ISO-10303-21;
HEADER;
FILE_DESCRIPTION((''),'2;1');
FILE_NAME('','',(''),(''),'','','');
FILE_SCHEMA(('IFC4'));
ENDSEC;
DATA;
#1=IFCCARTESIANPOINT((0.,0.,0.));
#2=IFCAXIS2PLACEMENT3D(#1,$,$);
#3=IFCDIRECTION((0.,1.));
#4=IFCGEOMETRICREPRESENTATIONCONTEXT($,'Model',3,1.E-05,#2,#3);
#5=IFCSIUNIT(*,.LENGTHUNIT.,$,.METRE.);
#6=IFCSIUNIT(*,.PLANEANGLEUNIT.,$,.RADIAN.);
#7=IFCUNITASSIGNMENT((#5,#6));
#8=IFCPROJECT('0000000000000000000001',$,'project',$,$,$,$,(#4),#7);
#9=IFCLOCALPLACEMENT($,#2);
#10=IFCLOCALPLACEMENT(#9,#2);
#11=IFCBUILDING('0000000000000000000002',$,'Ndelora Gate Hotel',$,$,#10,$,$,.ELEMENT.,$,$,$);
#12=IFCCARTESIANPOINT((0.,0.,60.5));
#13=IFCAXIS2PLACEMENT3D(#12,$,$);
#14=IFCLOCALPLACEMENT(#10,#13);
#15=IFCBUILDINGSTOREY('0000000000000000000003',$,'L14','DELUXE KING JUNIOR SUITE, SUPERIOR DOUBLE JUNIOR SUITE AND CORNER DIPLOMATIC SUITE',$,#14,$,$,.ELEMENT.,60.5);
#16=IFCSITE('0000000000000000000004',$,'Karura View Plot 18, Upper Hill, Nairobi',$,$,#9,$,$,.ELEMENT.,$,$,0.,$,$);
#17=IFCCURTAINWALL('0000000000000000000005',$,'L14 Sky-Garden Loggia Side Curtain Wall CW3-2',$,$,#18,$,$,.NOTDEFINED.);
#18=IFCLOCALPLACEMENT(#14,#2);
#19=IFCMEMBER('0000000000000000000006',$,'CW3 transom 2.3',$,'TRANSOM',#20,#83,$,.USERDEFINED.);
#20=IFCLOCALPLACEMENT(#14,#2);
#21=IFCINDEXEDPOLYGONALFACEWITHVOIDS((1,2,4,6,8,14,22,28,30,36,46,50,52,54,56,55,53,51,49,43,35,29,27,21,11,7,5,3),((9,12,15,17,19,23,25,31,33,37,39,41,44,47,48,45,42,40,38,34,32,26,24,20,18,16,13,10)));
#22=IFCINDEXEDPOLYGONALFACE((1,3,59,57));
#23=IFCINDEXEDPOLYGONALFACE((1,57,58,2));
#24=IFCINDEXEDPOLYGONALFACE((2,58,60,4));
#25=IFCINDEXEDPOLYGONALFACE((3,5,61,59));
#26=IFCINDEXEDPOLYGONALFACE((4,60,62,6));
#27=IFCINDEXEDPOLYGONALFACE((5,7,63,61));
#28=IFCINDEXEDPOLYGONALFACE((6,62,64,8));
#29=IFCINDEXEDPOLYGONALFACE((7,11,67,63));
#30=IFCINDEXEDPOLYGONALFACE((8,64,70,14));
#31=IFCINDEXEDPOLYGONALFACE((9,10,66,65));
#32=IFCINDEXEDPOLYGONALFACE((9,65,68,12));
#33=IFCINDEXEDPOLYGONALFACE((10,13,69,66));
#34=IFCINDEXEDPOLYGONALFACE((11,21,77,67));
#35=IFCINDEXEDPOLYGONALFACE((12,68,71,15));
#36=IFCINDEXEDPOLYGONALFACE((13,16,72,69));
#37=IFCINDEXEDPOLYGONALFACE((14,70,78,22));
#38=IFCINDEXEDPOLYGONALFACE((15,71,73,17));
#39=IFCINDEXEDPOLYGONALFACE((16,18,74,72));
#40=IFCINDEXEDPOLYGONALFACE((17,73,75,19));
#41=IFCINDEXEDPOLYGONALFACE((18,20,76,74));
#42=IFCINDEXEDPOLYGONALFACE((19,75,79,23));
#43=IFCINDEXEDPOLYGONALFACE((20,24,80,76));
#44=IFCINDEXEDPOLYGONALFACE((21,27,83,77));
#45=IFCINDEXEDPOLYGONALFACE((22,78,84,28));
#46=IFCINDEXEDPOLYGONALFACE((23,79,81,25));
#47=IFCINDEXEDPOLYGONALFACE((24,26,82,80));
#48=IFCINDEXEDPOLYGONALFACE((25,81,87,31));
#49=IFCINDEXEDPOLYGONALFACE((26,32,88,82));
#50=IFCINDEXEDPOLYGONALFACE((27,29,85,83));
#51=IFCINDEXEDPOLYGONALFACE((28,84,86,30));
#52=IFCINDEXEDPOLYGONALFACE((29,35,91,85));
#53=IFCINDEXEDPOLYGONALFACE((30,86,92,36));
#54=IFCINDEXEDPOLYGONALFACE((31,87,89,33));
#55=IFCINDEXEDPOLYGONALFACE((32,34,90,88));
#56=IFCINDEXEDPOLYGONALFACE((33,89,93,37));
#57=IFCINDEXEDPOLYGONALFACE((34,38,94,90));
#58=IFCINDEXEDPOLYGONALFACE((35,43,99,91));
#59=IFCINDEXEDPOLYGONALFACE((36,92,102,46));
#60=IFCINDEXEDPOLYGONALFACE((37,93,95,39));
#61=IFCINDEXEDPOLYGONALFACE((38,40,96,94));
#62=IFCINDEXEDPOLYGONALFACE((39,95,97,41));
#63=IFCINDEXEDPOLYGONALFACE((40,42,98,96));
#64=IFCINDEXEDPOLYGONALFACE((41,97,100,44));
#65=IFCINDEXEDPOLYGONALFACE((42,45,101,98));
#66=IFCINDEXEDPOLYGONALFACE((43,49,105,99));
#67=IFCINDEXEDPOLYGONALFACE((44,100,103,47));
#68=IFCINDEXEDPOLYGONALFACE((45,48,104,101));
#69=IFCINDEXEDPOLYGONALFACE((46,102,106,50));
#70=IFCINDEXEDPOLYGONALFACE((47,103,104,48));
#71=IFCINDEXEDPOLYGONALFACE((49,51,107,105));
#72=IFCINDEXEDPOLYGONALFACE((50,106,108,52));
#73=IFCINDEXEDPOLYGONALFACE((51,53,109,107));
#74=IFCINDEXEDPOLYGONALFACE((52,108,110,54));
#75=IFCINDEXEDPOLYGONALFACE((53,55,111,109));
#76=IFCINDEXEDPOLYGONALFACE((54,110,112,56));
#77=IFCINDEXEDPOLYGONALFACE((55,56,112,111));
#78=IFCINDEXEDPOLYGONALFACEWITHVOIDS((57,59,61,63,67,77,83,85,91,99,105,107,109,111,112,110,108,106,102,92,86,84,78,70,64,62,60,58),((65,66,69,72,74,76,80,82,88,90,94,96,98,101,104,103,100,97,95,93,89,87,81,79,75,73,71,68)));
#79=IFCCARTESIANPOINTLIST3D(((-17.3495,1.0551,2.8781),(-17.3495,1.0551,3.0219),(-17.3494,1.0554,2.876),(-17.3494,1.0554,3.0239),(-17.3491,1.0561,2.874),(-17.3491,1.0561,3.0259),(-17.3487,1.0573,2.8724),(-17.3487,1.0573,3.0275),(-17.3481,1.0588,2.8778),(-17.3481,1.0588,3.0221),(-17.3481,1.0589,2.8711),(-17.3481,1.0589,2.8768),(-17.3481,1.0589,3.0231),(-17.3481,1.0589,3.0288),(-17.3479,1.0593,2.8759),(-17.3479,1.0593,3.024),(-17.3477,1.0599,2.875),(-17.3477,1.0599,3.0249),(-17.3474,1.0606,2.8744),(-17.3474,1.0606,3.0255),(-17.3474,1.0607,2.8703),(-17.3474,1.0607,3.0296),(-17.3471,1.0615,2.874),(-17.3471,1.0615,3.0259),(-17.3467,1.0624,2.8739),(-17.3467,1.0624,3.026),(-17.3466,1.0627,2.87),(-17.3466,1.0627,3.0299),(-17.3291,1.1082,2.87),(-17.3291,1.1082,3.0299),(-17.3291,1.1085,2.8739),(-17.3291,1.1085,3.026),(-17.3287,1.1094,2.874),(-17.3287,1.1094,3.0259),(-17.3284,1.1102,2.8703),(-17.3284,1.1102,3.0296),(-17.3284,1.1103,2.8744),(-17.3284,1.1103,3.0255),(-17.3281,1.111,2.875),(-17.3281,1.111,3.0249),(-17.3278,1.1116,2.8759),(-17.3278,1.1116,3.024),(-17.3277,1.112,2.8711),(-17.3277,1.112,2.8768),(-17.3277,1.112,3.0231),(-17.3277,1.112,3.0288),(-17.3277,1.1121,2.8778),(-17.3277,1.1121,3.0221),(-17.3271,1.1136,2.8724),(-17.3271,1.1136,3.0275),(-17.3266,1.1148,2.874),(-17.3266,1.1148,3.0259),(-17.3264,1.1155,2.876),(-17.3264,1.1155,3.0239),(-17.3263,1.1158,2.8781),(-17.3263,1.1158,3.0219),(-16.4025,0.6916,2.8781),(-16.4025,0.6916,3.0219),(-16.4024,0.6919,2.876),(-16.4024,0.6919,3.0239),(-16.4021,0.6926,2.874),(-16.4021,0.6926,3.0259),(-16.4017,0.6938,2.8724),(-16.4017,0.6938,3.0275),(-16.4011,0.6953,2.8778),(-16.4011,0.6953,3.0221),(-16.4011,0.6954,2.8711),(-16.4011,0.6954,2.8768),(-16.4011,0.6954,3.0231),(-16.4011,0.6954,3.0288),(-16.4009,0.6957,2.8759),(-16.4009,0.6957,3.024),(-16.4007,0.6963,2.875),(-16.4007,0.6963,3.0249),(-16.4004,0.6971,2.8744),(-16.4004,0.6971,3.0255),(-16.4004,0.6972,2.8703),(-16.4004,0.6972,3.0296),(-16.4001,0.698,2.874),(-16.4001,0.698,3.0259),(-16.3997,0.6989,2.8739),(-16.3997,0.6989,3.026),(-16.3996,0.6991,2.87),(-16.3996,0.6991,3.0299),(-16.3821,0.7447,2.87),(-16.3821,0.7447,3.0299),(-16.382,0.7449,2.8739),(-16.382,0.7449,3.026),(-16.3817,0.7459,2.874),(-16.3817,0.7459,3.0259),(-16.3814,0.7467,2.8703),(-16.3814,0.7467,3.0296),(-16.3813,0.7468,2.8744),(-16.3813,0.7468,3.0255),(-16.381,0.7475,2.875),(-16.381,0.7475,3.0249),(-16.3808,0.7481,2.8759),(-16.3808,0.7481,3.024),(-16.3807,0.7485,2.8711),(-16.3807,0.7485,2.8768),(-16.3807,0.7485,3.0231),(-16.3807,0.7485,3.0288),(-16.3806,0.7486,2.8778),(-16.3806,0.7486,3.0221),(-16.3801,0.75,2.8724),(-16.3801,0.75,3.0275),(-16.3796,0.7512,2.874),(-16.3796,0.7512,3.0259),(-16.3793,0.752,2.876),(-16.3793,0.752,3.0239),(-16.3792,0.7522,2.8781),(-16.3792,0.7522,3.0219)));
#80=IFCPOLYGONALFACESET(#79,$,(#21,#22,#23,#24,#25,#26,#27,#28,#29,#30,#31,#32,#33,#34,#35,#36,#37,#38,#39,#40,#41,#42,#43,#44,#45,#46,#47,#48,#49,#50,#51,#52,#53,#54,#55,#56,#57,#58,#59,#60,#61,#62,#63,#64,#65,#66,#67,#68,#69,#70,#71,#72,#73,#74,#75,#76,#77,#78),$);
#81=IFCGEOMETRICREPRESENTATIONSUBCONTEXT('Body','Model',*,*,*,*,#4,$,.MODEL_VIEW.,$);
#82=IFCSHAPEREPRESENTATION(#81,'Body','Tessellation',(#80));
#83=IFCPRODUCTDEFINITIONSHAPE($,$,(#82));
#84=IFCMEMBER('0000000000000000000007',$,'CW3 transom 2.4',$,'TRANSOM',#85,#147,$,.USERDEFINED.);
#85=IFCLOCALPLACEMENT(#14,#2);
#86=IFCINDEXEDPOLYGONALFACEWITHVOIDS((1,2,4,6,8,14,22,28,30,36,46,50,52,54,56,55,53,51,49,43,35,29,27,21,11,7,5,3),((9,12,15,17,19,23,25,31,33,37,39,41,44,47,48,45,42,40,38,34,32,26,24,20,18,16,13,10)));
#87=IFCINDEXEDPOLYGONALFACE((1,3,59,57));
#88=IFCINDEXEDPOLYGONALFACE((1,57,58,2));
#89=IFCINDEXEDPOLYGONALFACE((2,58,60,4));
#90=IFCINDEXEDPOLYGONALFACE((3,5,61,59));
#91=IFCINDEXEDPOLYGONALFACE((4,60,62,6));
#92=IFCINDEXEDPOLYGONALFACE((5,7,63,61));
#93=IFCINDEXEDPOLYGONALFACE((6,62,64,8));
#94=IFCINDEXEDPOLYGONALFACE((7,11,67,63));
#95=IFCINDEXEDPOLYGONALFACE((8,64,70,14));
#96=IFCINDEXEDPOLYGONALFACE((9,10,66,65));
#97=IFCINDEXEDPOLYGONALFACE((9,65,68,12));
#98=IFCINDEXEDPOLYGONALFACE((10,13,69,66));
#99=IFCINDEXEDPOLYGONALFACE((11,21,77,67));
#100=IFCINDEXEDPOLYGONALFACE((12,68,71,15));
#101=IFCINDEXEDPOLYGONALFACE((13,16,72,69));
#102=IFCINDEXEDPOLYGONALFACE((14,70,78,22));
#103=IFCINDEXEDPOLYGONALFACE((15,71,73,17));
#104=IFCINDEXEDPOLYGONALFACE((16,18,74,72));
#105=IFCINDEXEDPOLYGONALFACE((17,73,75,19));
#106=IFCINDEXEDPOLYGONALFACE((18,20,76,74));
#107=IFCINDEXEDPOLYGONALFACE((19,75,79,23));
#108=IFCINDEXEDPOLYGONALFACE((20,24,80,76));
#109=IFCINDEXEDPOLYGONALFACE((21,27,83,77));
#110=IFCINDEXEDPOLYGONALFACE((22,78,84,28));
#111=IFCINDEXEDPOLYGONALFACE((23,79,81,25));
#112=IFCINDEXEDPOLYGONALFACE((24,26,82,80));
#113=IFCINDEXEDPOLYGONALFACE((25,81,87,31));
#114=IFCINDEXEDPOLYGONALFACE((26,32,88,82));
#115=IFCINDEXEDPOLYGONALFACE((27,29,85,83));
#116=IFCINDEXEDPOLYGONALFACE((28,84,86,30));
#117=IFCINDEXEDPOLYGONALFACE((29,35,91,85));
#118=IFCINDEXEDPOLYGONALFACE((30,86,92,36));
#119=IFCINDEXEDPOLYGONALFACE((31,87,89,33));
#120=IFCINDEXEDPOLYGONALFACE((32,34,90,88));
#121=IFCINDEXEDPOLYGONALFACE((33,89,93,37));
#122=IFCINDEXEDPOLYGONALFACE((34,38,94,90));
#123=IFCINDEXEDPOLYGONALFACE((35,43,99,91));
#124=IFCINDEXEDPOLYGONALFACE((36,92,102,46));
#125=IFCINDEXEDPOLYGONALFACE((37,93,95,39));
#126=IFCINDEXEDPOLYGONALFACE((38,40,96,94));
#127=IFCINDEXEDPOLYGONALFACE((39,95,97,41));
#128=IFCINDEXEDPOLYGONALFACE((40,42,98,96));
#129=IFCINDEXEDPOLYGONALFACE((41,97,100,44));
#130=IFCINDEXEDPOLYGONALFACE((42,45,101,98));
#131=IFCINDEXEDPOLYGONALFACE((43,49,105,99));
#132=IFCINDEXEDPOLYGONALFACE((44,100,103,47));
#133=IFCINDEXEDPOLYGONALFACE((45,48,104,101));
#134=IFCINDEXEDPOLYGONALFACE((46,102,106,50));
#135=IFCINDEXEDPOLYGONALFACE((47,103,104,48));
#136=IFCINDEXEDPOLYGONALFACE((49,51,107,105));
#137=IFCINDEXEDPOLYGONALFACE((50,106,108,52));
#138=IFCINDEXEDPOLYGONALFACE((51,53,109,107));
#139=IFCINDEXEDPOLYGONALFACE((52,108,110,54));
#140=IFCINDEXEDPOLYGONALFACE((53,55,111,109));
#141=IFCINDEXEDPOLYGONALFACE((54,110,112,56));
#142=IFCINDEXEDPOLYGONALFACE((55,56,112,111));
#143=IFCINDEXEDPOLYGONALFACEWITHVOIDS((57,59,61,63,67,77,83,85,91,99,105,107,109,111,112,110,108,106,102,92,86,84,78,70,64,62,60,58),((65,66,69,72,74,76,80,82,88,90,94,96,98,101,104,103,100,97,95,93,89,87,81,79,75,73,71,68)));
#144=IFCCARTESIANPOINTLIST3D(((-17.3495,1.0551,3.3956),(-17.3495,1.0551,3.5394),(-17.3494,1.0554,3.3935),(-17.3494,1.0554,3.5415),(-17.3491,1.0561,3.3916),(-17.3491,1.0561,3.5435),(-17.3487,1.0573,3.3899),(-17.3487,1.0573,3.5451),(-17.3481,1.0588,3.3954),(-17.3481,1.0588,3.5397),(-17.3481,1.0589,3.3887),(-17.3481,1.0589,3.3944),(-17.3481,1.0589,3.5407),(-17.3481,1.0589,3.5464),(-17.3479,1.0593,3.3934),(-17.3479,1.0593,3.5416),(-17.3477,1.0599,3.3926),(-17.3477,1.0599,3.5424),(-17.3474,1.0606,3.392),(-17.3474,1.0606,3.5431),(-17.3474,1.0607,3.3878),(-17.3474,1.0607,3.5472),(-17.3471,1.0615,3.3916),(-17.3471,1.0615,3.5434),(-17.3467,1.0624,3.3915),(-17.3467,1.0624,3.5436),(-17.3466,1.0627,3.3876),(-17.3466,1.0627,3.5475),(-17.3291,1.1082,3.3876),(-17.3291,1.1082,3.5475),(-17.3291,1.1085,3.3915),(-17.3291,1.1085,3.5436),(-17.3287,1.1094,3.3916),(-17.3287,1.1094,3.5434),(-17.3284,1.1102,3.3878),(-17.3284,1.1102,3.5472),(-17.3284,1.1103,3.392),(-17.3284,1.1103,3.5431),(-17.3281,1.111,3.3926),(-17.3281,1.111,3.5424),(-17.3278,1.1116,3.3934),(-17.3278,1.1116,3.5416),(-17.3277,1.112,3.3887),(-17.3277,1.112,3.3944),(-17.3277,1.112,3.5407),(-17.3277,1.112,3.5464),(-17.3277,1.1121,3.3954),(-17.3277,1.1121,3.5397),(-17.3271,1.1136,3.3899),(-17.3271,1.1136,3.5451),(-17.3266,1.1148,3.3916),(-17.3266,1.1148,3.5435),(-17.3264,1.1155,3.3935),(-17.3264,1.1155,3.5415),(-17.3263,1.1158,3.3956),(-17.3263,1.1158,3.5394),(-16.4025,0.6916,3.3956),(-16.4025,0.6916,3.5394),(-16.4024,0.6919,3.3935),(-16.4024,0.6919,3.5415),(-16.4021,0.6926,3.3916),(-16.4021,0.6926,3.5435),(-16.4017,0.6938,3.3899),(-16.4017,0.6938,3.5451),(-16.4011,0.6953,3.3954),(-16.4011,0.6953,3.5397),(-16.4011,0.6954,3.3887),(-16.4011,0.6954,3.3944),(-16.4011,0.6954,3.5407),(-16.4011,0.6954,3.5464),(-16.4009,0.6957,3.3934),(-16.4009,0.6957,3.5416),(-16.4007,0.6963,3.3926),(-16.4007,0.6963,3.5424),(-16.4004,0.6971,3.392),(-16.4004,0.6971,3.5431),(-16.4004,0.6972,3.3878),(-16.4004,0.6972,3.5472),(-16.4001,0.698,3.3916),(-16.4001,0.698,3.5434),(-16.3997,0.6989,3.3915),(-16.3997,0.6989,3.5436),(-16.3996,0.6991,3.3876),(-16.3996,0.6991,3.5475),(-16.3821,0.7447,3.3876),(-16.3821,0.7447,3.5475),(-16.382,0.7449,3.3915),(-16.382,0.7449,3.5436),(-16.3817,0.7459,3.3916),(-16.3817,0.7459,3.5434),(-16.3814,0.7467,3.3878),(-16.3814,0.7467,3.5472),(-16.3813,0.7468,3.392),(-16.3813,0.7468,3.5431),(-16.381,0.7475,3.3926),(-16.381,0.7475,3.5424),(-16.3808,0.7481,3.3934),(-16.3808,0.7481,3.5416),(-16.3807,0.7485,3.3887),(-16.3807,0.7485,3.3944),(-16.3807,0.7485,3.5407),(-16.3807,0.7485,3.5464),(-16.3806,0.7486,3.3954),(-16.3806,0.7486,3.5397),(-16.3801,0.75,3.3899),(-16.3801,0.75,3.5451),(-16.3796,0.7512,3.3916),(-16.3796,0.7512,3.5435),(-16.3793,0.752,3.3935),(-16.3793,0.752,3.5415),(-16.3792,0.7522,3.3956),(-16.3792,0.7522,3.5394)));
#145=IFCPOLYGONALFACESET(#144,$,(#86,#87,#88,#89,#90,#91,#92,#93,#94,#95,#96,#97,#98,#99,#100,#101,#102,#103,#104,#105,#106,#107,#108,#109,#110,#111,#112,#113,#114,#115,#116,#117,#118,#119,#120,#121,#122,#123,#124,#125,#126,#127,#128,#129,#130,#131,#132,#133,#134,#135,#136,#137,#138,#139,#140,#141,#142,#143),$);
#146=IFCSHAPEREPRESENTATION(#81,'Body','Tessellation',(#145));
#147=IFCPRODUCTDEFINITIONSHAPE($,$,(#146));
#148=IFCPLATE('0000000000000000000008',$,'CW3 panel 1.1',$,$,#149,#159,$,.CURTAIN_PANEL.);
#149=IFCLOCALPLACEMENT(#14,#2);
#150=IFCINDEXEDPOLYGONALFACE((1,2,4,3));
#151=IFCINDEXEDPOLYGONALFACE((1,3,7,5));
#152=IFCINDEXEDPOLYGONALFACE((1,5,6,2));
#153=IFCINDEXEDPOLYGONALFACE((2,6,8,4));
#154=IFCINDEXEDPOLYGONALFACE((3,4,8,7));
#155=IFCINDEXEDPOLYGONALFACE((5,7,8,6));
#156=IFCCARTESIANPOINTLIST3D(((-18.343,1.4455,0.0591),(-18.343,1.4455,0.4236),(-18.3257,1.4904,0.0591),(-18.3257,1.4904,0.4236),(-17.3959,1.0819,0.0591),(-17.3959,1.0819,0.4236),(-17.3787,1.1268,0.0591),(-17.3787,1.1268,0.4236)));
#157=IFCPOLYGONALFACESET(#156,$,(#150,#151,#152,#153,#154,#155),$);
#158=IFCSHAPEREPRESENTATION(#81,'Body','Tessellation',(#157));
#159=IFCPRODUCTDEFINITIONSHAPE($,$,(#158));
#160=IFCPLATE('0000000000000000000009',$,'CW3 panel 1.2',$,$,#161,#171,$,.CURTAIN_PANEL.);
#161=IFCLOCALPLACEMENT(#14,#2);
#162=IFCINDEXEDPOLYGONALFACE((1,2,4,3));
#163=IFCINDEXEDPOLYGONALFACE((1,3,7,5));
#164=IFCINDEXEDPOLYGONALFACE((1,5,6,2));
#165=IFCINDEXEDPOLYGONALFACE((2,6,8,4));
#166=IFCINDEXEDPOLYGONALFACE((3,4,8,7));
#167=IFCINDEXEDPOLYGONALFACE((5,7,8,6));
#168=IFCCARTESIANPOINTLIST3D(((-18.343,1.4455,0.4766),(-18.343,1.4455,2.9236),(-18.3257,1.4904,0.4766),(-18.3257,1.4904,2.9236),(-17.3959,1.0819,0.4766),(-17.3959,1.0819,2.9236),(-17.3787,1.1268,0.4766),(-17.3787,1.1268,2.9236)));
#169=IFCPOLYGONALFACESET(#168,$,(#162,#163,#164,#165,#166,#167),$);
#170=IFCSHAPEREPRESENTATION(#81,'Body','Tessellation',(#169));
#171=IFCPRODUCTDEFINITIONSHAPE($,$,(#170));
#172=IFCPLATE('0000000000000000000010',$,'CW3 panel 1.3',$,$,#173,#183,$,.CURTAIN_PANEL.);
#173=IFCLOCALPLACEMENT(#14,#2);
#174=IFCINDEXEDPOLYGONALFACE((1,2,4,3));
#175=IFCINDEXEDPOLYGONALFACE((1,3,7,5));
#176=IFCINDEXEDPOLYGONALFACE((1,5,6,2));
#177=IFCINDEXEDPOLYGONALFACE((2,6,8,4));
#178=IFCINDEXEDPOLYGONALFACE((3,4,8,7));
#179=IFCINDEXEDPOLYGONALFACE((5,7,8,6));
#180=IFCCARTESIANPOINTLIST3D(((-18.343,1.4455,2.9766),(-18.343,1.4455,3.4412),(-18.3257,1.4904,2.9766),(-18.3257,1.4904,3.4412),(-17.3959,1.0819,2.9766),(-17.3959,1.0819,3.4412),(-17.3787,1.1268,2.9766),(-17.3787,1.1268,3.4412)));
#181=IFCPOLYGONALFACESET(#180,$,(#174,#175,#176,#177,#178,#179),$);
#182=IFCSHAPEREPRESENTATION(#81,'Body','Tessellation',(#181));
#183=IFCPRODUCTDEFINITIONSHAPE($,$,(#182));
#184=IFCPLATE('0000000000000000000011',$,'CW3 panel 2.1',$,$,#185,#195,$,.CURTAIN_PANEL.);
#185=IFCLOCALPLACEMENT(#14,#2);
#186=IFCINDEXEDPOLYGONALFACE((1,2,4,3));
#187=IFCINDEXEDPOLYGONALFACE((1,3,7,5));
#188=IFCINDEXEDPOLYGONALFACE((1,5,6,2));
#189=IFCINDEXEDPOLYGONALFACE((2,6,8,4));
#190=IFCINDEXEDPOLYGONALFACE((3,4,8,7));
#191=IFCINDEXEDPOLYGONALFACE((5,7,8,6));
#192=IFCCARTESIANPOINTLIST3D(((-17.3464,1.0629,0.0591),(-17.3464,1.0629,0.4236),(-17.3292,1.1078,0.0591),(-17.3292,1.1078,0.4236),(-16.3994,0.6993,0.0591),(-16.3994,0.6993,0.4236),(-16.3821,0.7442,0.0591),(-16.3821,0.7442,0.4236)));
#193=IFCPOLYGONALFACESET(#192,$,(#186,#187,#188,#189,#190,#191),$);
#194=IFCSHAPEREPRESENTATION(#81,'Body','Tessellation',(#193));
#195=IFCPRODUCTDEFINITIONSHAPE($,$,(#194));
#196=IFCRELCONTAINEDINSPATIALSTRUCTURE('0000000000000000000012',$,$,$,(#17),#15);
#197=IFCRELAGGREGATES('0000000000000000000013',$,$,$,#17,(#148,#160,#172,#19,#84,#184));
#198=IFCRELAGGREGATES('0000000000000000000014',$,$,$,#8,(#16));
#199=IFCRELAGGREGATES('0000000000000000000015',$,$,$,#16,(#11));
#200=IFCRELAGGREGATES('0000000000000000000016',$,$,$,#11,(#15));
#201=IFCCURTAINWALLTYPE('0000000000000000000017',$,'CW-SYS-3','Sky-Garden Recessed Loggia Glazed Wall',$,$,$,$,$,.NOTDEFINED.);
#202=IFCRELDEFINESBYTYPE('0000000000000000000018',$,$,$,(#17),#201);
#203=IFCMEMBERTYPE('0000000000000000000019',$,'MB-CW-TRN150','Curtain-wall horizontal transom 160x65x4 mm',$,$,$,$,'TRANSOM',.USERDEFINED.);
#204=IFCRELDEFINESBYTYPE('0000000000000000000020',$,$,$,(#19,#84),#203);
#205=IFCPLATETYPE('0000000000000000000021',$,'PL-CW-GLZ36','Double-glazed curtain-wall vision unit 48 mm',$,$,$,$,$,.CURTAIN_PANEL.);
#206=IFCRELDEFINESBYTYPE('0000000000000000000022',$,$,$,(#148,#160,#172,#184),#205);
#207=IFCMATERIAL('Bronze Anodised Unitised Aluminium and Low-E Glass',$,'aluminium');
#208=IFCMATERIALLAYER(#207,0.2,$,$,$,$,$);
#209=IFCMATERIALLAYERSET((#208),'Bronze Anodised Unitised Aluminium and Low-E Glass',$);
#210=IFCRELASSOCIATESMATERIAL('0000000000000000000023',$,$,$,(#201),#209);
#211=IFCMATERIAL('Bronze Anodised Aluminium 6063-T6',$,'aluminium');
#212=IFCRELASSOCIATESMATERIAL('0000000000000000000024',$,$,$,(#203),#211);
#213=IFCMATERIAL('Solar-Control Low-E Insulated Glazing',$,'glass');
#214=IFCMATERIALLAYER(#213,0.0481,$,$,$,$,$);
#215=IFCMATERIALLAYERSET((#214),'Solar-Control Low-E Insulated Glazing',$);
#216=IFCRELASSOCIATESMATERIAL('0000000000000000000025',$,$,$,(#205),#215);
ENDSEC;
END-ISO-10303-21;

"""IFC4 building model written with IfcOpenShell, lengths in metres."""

from ifc_helpers import new_model, si_unit, direction, frame, origin, origin_2d, place, context, subcontext, project, spatial, rectangle, hollow_rectangle, extrude, material, layer, layer_set, material_profile, profile_set, type_object, element, aggregate, save


model = new_model("IFC4")

# Units and contexts
model_context = context("Model", 3, precision=1e-05, world=origin(), true_north=direction((0.0, 1.0)))
body_context = subcontext(model_context, "Body", "Model", "MODEL_VIEW")
ifc_project = project(units=[si_unit("LENGTHUNIT", "METRE"), si_unit("PLANEANGLEUNIT", "RADIAN")], contexts=[model_context])

# Site, building, storey
site_placement = place(None, origin())
site = spatial("IfcSite", under=ifc_project, at=site_placement, Name="Karura View Plot 18, Upper Hill, Nairobi", CompositionType="ELEMENT", RefElevation=0.0)
building_placement = place(site_placement, origin())
building = spatial("IfcBuilding", under=site, at=building_placement, Name="Ndelora Gate Hotel", CompositionType="ELEMENT")
storey_placement = place(building_placement, frame((0.0, 0.0, 60.5)))
storey = spatial("IfcBuildingStorey", under=building, at=storey_placement, Name="L14", Description="DELUXE KING JUNIOR SUITE, SUPERIOR DOUBLE JUNIOR SUITE AND CORNER DIPLOMATIC SUITE", CompositionType="ELEMENT", Elevation=60.5)

# Curtain wall, members, plates
ifc_material_1 = material(Name="Bronze Anodised Unitised Aluminium and Low-E Glass", Category="aluminium")
ifc_layer_1 = layer(ifc_material_1, 0.2)
ifc_layer_set_1 = layer_set([ifc_layer_1], Name="Bronze Anodised Unitised Aluminium and Low-E Glass")
curtain_wall_type = type_object("IfcCurtainWallType", Name="CW-SYS-3", Description="Sky-Garden Recessed Loggia Glazed Wall", PredefinedType="NOTDEFINED", material=ifc_layer_set_1)
curtain_wall_placement = place(storey_placement, origin())
curtain_wall = element("IfcCurtainWall", 1, at=curtain_wall_placement, inside=storey, type_object=curtain_wall_type, Name="L14 Sky-Garden Loggia Side Curtain Wall CW3-2", PredefinedType="NOTDEFINED")
ifc_material_2 = material(Name="Bronze Anodised Aluminium 6063-T6", Category="aluminium")
ifc_material_profile_1 = material_profile(ifc_material_2, hollow_rectangle(XDim=0.0649, YDim=0.1599, WallThickness=0.0039, InnerFilletRadius=0.0039, OuterFilletRadius=0.0081, at=origin_2d()), Name="ALU 160x65x4")
ifc_profile_set_1 = profile_set([ifc_material_profile_1], Name="Bronze Anodised Aluminium 6063-T6")
member_type_1 = type_object("IfcMemberType", Name="MB-CW-TRN150", Description="Curtain-wall horizontal transom 160x65x4 mm", ElementType="TRANSOM", PredefinedType="USERDEFINED", material=ifc_profile_set_1)
member_1_placement = place(storey_placement, frame((-17.3379, 1.0854, 2.95), z_axis=(0.933581, -0.358366, 0.0), x_axis=(0.358366, 0.933581, 0.0)))
member_1 = element("IfcMember", 2, at=member_1_placement, type_object=member_type_1, Name="CW3 transom 2.3", ObjectType="TRANSOM", PredefinedType="USERDEFINED", context=body_context, shape_type="SweptSolid", body=[
    extrude(hollow_rectangle(XDim=0.0649, YDim=0.1599, WallThickness=0.0039, InnerFilletRadius=0.0039, OuterFilletRadius=0.0081, at=origin_2d()), origin(), (0.0, 0.0, 1.0), 1.0144),
])
member_2_placement = place(storey_placement, frame((-17.3379, 1.0854, 3.4675), z_axis=(0.933581, -0.358366, 0.0), x_axis=(0.358366, 0.933581, 0.0)))
member_2 = element("IfcMember", 3, at=member_2_placement, type_object=member_type_1, Name="CW3 transom 2.4", ObjectType="TRANSOM", PredefinedType="USERDEFINED", context=body_context, shape_type="SweptSolid", body=[
    extrude(hollow_rectangle(XDim=0.0649, YDim=0.1599, WallThickness=0.0039, InnerFilletRadius=0.0039, OuterFilletRadius=0.0081, at=origin_2d()), origin(), (0.0, 0.0, 1.0), 1.0144),
])
ifc_material_3 = material(Name="Solar-Control Low-E Insulated Glazing", Category="glass")
ifc_layer_2 = layer(ifc_material_3, 0.0481)
ifc_layer_set_2 = layer_set([ifc_layer_2], Name="Solar-Control Low-E Insulated Glazing")
plate_type = type_object("IfcPlateType", Name="PL-CW-GLZ36", Description="Double-glazed curtain-wall vision unit 48 mm", PredefinedType="CURTAIN_PANEL", material=ifc_layer_set_2)
plate_1_placement = place(storey_placement, frame((-17.8608, 1.2861, 0.0591), z_axis=(0.0, 0.0, 1.0), x_axis=(0.933577, -0.358376, 0.0)))
plate_1 = element("IfcPlate", 4, at=plate_1_placement, type_object=plate_type, Name="CW3 panel 1.1", PredefinedType="CURTAIN_PANEL", context=body_context, shape_type="SweptSolid", body=[
    extrude(rectangle(XDim=1.0144, YDim=0.0481, at=origin_2d()), origin(), (0.0, 0.0, 1.0), 0.3645),
])
plate_2_placement = place(storey_placement, frame((-17.8608, 1.2861, 0.4766), z_axis=(0.0, 0.0, 1.0), x_axis=(0.933577, -0.358376, 0.0)))
plate_2 = element("IfcPlate", 5, at=plate_2_placement, type_object=plate_type, Name="CW3 panel 1.2", PredefinedType="CURTAIN_PANEL", context=body_context, shape_type="SweptSolid", body=[
    extrude(rectangle(XDim=1.0144, YDim=0.0481, at=origin_2d()), origin(), (0.0, 0.0, 1.0), 2.447),
])
plate_3_placement = place(storey_placement, frame((-17.8608, 1.2861, 2.9766), z_axis=(0.0, 0.0, 1.0), x_axis=(0.933577, -0.358376, 0.0)))
plate_3 = element("IfcPlate", 6, at=plate_3_placement, type_object=plate_type, Name="CW3 panel 1.3", PredefinedType="CURTAIN_PANEL", context=body_context, shape_type="SweptSolid", body=[
    extrude(rectangle(XDim=1.0144, YDim=0.0481, at=origin_2d()), origin(), (0.0, 0.0, 1.0), 0.4646),
])
plate_4_placement = place(storey_placement, frame((-16.8643, 0.9036, 0.0591), z_axis=(0.0, 0.0, 1.0), x_axis=(0.933577, -0.358376, 0.0)))
plate_4 = element("IfcPlate", 7, at=plate_4_placement, type_object=plate_type, Name="CW3 panel 2.1", PredefinedType="CURTAIN_PANEL", context=body_context, shape_type="SweptSolid", body=[
    extrude(rectangle(XDim=1.0144, YDim=0.0481, at=origin_2d()), origin(), (0.0, 0.0, 1.0), 0.3645),
])
aggregate(curtain_wall, [plate_1, plate_2, plate_3, member_1, member_2, plate_4])

save(model, "model.ifc")
